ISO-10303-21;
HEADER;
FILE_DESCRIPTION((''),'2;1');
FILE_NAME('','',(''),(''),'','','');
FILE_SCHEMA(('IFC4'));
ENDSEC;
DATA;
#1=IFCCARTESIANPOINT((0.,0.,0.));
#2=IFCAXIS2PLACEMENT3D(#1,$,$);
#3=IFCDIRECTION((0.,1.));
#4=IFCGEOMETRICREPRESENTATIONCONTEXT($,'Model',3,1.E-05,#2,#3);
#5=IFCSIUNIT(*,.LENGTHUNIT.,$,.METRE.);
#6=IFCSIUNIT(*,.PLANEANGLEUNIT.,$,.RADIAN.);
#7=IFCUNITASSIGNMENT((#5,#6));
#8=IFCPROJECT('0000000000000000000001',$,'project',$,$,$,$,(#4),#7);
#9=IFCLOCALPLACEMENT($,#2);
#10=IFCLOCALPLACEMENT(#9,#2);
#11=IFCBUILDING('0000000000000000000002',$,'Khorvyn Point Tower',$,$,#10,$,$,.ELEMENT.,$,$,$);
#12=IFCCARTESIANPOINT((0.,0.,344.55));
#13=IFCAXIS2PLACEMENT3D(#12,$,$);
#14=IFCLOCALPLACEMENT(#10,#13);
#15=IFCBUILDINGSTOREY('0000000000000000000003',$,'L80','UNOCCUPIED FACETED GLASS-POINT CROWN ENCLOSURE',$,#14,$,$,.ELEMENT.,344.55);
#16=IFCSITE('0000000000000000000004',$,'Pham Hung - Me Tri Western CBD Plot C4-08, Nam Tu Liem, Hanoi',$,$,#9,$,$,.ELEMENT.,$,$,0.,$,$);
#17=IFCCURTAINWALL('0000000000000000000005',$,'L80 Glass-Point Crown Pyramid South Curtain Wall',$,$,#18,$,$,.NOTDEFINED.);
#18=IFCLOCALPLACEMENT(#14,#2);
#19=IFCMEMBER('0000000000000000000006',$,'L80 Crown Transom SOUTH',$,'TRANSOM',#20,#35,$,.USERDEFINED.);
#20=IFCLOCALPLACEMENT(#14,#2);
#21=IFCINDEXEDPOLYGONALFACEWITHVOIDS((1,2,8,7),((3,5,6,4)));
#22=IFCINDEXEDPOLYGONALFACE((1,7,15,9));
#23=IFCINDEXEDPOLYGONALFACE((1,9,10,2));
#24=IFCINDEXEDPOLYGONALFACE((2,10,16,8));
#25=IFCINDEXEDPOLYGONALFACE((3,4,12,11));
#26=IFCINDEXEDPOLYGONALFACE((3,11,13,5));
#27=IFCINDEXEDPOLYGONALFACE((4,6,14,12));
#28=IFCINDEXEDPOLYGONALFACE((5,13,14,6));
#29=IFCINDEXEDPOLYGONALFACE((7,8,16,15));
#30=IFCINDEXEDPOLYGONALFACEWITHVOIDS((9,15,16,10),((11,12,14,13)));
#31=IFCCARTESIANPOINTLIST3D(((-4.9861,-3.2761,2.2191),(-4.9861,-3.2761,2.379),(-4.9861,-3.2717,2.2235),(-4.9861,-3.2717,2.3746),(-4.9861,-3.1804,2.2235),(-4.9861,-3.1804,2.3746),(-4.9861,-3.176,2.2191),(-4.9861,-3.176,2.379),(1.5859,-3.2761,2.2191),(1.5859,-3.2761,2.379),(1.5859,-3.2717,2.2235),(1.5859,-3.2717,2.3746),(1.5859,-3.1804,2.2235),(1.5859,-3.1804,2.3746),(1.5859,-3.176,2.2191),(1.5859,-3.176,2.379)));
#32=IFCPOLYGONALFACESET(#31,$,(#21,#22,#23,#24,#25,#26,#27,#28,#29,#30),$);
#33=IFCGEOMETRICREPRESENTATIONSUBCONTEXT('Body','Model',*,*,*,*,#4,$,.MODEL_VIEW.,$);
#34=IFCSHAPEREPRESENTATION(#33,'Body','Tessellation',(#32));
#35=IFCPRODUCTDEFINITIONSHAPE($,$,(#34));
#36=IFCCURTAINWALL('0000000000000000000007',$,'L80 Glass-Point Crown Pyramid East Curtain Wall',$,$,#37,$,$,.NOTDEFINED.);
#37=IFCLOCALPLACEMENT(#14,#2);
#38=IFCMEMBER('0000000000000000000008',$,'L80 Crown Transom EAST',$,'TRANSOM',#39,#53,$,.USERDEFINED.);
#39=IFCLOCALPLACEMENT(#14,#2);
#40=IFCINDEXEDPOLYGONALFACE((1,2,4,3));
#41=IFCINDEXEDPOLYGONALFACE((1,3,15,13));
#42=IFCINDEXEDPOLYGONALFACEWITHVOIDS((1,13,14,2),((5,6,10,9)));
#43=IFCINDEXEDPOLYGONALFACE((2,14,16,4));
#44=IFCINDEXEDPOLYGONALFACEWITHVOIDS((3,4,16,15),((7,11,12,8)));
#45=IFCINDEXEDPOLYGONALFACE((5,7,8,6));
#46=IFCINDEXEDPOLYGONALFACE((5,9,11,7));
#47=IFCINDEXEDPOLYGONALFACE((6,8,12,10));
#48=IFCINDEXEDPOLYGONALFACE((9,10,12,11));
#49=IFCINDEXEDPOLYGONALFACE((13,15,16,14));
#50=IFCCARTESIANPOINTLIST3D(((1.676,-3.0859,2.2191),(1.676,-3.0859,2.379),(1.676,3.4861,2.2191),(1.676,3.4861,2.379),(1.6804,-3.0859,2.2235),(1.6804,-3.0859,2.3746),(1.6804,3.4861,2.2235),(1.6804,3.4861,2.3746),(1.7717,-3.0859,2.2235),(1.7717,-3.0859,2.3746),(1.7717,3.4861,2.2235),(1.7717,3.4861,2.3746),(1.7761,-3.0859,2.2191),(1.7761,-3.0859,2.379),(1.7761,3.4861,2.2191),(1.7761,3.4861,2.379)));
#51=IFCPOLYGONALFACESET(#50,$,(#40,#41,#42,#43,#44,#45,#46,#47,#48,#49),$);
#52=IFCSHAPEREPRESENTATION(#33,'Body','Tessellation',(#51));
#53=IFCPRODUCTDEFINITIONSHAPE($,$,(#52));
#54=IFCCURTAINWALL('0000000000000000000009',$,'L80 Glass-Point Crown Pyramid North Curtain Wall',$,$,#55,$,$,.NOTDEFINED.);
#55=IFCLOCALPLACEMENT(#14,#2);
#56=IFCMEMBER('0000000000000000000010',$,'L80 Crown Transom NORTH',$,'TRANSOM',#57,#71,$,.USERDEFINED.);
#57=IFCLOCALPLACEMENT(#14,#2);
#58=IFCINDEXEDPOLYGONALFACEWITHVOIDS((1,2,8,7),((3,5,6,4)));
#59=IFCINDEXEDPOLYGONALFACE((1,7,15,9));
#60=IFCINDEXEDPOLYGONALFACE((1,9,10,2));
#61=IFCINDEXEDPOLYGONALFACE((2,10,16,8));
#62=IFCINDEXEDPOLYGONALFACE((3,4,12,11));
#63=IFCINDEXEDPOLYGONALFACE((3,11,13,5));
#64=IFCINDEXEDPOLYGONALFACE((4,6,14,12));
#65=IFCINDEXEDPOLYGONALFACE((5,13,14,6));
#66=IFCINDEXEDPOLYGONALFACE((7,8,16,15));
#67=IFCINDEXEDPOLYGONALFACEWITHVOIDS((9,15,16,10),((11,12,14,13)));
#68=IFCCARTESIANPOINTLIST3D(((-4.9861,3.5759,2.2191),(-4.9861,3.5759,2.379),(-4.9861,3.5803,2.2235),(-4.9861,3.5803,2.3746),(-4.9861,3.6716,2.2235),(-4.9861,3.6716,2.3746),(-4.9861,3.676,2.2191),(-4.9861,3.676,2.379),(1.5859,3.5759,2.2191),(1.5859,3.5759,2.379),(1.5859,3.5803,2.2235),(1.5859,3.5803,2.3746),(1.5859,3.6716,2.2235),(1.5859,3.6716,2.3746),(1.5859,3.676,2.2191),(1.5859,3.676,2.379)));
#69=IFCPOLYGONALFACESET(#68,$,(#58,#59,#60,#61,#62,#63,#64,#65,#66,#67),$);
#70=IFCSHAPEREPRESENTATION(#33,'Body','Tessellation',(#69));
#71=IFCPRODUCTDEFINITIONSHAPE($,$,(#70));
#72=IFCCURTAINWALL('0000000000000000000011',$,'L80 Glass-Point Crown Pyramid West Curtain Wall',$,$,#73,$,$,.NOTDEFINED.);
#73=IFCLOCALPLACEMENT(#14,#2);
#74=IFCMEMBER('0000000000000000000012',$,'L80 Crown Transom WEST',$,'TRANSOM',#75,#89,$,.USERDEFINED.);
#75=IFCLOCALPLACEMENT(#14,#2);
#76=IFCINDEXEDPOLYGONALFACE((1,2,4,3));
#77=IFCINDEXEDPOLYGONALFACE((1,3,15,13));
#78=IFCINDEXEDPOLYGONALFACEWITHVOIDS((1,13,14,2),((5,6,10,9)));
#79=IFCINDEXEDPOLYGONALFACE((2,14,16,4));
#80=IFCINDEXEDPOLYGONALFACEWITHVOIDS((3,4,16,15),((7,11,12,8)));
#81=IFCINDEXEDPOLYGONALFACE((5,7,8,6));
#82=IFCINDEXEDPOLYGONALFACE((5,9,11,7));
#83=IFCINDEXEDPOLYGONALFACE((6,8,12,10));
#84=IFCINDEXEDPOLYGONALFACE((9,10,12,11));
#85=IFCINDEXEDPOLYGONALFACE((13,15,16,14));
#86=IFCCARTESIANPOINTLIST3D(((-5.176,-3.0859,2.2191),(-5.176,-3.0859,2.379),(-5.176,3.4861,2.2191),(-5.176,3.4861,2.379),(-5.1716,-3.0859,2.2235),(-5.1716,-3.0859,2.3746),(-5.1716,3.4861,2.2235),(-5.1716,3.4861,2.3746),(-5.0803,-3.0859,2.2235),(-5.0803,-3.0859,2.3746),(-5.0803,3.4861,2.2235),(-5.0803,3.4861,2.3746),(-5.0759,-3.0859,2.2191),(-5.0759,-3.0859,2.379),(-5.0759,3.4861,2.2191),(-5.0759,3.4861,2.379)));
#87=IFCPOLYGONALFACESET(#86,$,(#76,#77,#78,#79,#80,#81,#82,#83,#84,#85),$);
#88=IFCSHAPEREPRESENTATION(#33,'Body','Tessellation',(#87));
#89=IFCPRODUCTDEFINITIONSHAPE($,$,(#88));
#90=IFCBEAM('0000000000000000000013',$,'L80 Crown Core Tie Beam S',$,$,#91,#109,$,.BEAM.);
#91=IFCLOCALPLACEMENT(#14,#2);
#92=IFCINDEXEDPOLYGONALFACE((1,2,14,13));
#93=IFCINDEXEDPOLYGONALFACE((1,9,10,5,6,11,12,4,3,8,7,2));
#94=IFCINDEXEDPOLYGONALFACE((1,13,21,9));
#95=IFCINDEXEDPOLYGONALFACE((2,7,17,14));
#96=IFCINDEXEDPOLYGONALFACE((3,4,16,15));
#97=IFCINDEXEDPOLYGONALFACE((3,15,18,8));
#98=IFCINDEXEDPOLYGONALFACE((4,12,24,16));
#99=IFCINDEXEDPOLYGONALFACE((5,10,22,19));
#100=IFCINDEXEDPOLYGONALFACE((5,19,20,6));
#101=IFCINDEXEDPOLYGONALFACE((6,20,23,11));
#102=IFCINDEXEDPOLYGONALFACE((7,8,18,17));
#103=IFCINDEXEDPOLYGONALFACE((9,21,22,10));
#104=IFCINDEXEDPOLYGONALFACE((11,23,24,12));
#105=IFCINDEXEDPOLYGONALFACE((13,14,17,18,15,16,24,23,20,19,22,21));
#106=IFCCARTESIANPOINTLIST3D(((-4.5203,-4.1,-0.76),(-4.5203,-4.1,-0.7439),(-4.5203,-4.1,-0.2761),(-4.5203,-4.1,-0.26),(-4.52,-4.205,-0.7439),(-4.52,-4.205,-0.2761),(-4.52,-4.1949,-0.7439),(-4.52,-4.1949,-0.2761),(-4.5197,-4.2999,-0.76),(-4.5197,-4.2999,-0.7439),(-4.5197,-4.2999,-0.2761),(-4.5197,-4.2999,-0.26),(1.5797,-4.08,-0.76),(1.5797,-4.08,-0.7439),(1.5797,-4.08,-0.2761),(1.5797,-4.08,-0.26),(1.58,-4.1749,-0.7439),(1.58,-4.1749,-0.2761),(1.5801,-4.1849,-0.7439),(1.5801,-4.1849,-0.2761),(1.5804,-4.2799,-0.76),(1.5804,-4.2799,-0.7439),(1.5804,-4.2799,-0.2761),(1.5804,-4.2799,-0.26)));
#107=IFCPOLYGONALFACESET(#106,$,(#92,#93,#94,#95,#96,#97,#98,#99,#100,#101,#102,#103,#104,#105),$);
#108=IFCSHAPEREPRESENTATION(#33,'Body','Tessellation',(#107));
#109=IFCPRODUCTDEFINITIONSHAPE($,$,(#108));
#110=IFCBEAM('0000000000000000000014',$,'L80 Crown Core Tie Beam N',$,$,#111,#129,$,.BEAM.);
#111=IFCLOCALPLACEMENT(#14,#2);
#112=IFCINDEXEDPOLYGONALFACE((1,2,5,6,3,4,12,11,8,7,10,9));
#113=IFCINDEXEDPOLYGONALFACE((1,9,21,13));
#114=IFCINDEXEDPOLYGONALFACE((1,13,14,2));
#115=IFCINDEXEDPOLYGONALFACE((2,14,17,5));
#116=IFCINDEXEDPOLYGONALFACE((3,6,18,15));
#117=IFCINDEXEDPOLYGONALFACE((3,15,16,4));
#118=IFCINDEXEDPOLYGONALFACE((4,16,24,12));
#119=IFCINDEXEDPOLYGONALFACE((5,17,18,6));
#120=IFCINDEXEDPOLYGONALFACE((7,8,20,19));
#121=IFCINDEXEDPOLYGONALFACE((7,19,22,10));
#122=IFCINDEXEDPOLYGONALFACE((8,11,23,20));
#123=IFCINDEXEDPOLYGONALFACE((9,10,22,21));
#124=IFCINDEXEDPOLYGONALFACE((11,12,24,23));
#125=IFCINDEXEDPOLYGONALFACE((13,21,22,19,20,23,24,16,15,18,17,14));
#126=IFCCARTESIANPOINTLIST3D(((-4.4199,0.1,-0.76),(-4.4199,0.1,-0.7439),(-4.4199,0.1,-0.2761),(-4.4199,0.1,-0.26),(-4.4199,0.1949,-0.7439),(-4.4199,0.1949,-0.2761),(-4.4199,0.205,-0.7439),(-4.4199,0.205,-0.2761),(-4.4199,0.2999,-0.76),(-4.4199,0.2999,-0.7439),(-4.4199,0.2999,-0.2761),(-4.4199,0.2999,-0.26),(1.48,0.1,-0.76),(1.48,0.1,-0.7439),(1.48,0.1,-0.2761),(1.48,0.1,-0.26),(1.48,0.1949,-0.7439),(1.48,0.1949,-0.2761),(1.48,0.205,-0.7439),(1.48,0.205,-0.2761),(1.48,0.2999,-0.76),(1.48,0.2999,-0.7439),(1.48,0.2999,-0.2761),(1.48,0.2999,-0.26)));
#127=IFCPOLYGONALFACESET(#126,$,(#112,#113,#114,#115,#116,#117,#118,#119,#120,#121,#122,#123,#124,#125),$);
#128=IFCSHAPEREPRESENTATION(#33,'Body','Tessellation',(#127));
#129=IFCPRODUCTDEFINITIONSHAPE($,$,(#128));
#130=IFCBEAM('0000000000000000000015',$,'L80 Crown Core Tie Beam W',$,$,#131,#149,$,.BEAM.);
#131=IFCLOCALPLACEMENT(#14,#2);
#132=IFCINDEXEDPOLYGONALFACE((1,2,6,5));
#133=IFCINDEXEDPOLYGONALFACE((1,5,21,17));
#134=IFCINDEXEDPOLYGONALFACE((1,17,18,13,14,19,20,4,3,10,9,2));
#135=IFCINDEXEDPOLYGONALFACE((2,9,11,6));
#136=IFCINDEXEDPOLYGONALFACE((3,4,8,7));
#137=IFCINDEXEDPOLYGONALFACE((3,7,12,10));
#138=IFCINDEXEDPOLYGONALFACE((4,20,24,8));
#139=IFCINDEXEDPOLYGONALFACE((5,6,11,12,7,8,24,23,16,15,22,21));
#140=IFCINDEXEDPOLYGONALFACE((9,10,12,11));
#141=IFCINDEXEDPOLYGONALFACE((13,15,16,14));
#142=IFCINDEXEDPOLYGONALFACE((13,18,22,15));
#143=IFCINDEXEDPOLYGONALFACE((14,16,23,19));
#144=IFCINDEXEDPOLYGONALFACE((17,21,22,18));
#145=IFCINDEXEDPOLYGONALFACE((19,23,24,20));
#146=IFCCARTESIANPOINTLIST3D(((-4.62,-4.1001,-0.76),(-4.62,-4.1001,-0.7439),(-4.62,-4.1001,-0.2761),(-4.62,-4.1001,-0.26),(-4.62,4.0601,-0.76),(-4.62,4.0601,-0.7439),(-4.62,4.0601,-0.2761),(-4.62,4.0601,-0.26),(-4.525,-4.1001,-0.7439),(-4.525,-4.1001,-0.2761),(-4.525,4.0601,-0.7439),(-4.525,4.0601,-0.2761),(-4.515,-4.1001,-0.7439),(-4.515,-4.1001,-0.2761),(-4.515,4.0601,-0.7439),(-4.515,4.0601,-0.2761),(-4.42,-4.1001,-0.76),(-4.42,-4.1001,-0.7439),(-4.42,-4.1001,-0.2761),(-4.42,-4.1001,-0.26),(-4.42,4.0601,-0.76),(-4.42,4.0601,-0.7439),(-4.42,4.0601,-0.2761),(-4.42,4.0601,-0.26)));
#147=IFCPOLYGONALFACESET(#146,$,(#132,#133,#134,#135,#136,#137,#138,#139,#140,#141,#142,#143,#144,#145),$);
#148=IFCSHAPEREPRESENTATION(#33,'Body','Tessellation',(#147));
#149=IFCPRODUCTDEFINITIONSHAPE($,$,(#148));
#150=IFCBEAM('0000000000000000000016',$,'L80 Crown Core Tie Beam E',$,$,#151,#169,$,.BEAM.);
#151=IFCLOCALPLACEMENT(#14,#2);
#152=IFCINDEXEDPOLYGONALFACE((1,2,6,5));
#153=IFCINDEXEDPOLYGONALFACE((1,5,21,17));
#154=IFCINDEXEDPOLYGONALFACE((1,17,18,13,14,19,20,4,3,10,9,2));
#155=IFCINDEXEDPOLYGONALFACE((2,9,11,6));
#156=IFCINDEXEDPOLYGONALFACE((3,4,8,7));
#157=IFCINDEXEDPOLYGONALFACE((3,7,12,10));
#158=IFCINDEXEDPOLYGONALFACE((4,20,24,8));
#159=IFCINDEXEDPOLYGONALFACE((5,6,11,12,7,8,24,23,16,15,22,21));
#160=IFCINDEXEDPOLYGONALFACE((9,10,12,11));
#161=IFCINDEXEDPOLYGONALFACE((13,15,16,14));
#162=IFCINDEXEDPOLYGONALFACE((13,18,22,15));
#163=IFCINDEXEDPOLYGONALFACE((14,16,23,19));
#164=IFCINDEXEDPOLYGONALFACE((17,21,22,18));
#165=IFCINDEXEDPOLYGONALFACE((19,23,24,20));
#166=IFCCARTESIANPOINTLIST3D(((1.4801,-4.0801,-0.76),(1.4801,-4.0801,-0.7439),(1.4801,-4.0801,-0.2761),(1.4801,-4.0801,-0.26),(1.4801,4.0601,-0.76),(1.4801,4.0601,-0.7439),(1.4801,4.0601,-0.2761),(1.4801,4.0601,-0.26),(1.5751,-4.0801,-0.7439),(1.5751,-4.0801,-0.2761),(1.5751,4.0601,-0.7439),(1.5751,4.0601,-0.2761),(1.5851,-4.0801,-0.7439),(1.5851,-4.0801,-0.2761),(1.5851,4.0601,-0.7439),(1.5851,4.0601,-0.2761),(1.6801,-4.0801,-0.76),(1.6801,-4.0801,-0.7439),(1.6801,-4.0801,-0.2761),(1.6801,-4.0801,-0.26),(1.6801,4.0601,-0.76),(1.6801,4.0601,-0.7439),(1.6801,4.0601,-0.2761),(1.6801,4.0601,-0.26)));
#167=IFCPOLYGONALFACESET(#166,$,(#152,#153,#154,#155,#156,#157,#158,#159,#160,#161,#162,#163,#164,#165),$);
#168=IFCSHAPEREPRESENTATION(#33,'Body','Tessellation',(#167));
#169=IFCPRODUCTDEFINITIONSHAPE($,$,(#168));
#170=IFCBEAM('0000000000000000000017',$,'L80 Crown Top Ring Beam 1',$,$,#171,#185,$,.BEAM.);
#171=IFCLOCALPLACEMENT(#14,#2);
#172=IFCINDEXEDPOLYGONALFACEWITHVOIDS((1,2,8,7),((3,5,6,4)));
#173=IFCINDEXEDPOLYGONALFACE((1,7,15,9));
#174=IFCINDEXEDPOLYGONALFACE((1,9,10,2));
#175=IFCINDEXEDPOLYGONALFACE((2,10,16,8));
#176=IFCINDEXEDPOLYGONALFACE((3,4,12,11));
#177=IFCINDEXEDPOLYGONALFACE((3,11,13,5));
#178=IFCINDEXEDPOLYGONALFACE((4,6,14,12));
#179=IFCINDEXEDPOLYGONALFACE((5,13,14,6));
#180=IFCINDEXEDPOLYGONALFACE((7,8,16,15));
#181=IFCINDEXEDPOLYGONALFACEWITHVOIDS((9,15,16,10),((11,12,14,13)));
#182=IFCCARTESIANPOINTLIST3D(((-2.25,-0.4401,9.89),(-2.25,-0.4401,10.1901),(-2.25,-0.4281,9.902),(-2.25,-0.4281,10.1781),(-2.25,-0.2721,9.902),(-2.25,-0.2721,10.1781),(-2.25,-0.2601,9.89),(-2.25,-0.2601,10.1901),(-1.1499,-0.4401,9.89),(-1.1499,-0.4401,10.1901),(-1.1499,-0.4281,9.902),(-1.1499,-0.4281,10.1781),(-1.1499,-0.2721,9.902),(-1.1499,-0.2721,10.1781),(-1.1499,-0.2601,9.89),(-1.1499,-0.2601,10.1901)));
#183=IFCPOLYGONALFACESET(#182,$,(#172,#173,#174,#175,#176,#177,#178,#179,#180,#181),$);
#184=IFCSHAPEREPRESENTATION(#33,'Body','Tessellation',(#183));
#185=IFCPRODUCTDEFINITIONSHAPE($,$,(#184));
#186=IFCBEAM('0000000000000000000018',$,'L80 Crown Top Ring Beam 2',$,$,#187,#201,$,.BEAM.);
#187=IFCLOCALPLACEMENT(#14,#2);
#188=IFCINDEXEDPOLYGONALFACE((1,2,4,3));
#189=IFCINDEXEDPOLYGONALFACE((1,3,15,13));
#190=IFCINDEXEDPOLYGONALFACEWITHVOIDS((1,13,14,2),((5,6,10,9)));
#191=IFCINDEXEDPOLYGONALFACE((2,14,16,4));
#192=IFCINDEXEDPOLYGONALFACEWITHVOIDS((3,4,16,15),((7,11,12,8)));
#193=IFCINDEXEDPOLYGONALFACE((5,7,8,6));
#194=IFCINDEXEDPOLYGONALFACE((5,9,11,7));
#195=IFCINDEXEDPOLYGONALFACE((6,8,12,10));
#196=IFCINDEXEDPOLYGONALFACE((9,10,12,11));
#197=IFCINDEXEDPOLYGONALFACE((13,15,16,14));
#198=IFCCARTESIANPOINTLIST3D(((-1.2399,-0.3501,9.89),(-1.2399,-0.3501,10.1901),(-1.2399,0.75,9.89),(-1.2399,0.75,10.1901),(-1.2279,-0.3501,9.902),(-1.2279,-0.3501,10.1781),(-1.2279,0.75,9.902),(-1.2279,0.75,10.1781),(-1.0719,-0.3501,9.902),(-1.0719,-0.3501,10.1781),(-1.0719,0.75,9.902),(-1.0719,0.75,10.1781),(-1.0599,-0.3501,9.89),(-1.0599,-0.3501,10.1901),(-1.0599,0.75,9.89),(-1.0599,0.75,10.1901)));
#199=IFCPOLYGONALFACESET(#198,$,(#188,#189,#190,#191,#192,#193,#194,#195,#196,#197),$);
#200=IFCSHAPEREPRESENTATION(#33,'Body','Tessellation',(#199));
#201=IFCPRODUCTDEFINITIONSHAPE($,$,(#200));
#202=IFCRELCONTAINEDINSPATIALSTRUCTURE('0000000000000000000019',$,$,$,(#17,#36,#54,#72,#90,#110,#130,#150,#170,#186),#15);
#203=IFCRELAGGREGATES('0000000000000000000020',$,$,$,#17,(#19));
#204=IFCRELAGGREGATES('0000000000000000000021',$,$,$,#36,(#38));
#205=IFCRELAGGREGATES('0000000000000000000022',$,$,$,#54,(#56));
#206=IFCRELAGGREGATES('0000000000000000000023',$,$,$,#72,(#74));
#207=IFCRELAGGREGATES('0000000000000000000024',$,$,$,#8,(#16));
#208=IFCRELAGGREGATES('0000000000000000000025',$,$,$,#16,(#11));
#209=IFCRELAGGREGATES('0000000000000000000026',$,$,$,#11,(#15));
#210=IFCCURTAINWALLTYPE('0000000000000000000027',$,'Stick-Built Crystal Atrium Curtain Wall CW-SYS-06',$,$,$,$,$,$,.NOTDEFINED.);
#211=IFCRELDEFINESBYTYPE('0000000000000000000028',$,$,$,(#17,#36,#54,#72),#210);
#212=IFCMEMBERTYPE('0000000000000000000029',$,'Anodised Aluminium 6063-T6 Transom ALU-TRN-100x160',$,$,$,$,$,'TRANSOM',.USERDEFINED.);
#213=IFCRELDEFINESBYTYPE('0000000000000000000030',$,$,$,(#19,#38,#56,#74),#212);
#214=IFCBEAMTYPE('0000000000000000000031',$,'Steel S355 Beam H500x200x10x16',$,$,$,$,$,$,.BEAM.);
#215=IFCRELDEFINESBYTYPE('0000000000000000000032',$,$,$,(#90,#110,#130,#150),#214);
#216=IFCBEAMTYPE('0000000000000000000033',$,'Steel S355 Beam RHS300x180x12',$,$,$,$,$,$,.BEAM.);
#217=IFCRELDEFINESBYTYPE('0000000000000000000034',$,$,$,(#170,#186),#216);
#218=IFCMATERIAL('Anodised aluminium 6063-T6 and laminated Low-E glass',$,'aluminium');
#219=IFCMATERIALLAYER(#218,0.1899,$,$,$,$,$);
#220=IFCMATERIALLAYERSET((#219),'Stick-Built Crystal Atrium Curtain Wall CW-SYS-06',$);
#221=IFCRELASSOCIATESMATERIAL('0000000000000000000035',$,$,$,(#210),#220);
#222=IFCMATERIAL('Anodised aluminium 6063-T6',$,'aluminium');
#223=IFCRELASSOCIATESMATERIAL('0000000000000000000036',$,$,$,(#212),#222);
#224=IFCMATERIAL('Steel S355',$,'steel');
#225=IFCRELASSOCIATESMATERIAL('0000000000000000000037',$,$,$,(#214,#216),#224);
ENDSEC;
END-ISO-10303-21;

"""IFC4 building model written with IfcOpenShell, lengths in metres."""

from ifc_helpers import new_model, si_unit, direction, frame, origin, origin_2d, place, context, subcontext, project, spatial, hollow_rectangle, i_section, extrude, material, layer, layer_set, material_profile, profile_set, type_object, element, aggregate, save


model = new_model("IFC4")

# Units and contexts
model_context = context("Model", 3, precision=1e-05, world=origin(), true_north=direction((0.0, 1.0)))
body_context = subcontext(model_context, "Body", "Model", "MODEL_VIEW")
ifc_project = project(units=[si_unit("LENGTHUNIT", "METRE"), si_unit("PLANEANGLEUNIT", "RADIAN")], contexts=[model_context])

# Site, building, storey
site_placement = place(None, origin())
site = spatial("IfcSite", under=ifc_project, at=site_placement, Name="Pham Hung - Me Tri Western CBD Plot C4-08, Nam Tu Liem, Hanoi", CompositionType="ELEMENT", RefElevation=0.0)
building_placement = place(site_placement, origin())
building = spatial("IfcBuilding", under=site, at=building_placement, Name="Khorvyn Point Tower", CompositionType="ELEMENT")
storey_placement = place(building_placement, frame((0.0, 0.0, 344.55)))
storey = spatial("IfcBuildingStorey", under=building, at=storey_placement, Name="L80", Description="UNOCCUPIED FACETED GLASS-POINT CROWN ENCLOSURE", CompositionType="ELEMENT", Elevation=344.55)

# Curtain walls, members
ifc_material_1 = material(Name="Anodised aluminium 6063-T6 and laminated Low-E glass", Category="aluminium")
ifc_layer_1 = layer(ifc_material_1, 0.1899)
ifc_layer_set_1 = layer_set([ifc_layer_1], Name="Stick-Built Crystal Atrium Curtain Wall CW-SYS-06")
curtain_wall_type = type_object("IfcCurtainWallType", Name="Stick-Built Crystal Atrium Curtain Wall CW-SYS-06", PredefinedType="NOTDEFINED", material=ifc_layer_set_1)
curtain_wall_1_placement = place(storey_placement, origin())
curtain_wall_1 = element("IfcCurtainWall", 1, at=curtain_wall_1_placement, inside=storey, type_object=curtain_wall_type, Name="L80 Glass-Point Crown Pyramid South Curtain Wall", PredefinedType="NOTDEFINED")
ifc_material_2 = material(Name="Anodised aluminium 6063-T6", Category="aluminium")
ifc_material_profile_1 = material_profile(ifc_material_2, hollow_rectangle(XDim=0.1001, YDim=0.1599, WallThickness=0.0044, at=origin_2d()))
ifc_profile_set_1 = profile_set([ifc_material_profile_1], Name="Anodised aluminium 6063-T6 ALU-TRN-100x160")
member_type_1 = type_object("IfcMemberType", Name="Anodised Aluminium 6063-T6 Transom ALU-TRN-100x160", ElementType="TRANSOM", PredefinedType="USERDEFINED", material=ifc_profile_set_1)
member_1_placement = place(storey_placement, frame((-4.9861, -3.2261, 2.2991), z_axis=(1.0, 0.0, 0.0), x_axis=(0.0, 1.0, 0.0)))
member_1 = element("IfcMember", 2, at=member_1_placement, type_object=member_type_1, Name="L80 Crown Transom SOUTH", ObjectType="TRANSOM", PredefinedType="USERDEFINED", context=body_context, shape_type="SweptSolid", body=[
    extrude(hollow_rectangle(XDim=0.1001, YDim=0.1599, WallThickness=0.0044, at=origin_2d()), origin(), (0.0, 0.0, 1.0), 6.572),
])
curtain_wall_2_placement = place(storey_placement, origin())
curtain_wall_2 = element("IfcCurtainWall", 3, at=curtain_wall_2_placement, inside=storey, type_object=curtain_wall_type, Name="L80 Glass-Point Crown Pyramid East Curtain Wall", PredefinedType="NOTDEFINED")
member_2_placement = place(storey_placement, frame((1.7261, -3.0859, 2.2991), z_axis=(0.0, 1.0, 0.0), x_axis=(-1.0, 0.0, 0.0)))
member_2 = element("IfcMember", 4, at=member_2_placement, type_object=member_type_1, Name="L80 Crown Transom EAST", ObjectType="TRANSOM", PredefinedType="USERDEFINED", context=body_context, shape_type="SweptSolid", body=[
    extrude(hollow_rectangle(XDim=0.1001, YDim=0.1599, WallThickness=0.0044, at=origin_2d()), origin(), (0.0, 0.0, 1.0), 6.572),
])
curtain_wall_3_placement = place(storey_placement, origin())
curtain_wall_3 = element("IfcCurtainWall", 5, at=curtain_wall_3_placement, inside=storey, type_object=curtain_wall_type, Name="L80 Glass-Point Crown Pyramid North Curtain Wall", PredefinedType="NOTDEFINED")
member_3_placement = place(storey_placement, frame((1.5859, 3.626, 2.2991), z_axis=(-1.0, 0.0, 0.0), x_axis=(0.0, -1.0, 0.0)))
member_3 = element("IfcMember", 6, at=member_3_placement, type_object=member_type_1, Name="L80 Crown Transom NORTH", ObjectType="TRANSOM", PredefinedType="USERDEFINED", context=body_context, shape_type="SweptSolid", body=[
    extrude(hollow_rectangle(XDim=0.1001, YDim=0.1599, WallThickness=0.0044, at=origin_2d()), origin(), (0.0, 0.0, 1.0), 6.572),
])
curtain_wall_4_placement = place(storey_placement, origin())
curtain_wall_4 = element("IfcCurtainWall", 7, at=curtain_wall_4_placement, inside=storey, type_object=curtain_wall_type, Name="L80 Glass-Point Crown Pyramid West Curtain Wall", PredefinedType="NOTDEFINED")
member_4_placement = place(storey_placement, frame((-5.126, 3.4861, 2.2991), z_axis=(0.0, -1.0, 0.0), x_axis=(1.0, 0.0, 0.0)))
member_4 = element("IfcMember", 8, at=member_4_placement, type_object=member_type_1, Name="L80 Crown Transom WEST", ObjectType="TRANSOM", PredefinedType="USERDEFINED", context=body_context, shape_type="SweptSolid", body=[
    extrude(hollow_rectangle(XDim=0.1001, YDim=0.1599, WallThickness=0.0044, at=origin_2d()), origin(), (0.0, 0.0, 1.0), 6.572),
])

# Beams
ifc_material_3 = material(Name="Steel S355", Category="steel")
ifc_material_profile_2 = material_profile(ifc_material_3, i_section(OverallWidth=0.2, OverallDepth=0.5, WebThickness=0.01, FlangeThickness=0.0161, at=origin_2d()))
ifc_profile_set_2 = profile_set([ifc_material_profile_2], Name="Steel S355 H500x200x10x16")
beam_type_1 = type_object("IfcBeamType", Name="Steel S355 Beam H500x200x10x16", PredefinedType="BEAM", material=ifc_profile_set_2)
beam_1_placement = place(storey_placement, frame((-4.52, -4.2, -0.51), z_axis=(0.999995, 0.003282, 0.0), x_axis=(-0.003282, 0.999995, 0.0)))
element("IfcBeam", 9, at=beam_1_placement, inside=storey, type_object=beam_type_1, Name="L80 Crown Core Tie Beam S", PredefinedType="BEAM", context=body_context, shape_type="SweptSolid", body=[
    extrude(i_section(OverallWidth=0.2, OverallDepth=0.5, WebThickness=0.01, FlangeThickness=0.0161, at=origin_2d()), origin(), (0.0, 0.0, 1.0), 6.1001),
])
beam_2_placement = place(storey_placement, frame((-4.4199, 0.2, -0.51), z_axis=(1.0, 0.0, 0.0), x_axis=(0.0, 1.0, 0.0)))
element("IfcBeam", 10, at=beam_2_placement, inside=storey, type_object=beam_type_1, Name="L80 Crown Core Tie Beam N", PredefinedType="BEAM", context=body_context, shape_type="SweptSolid", body=[
    extrude(i_section(OverallWidth=0.2, OverallDepth=0.5, WebThickness=0.01, FlangeThickness=0.0161, at=origin_2d()), origin(), (0.0, 0.0, 1.0), 5.8999),
])
beam_3_placement = place(storey_placement, frame((-4.52, -4.1001, -0.51), z_axis=(0.0, 1.0, 0.0), x_axis=(-1.0, 0.0, 0.0)))
element("IfcBeam", 11, at=beam_3_placement, inside=storey, type_object=beam_type_1, Name="L80 Crown Core Tie Beam W", PredefinedType="BEAM", context=body_context, shape_type="SweptSolid", body=[
    extrude(i_section(OverallWidth=0.2, OverallDepth=0.5, WebThickness=0.01, FlangeThickness=0.0161, at=origin_2d()), origin(), (0.0, 0.0, 1.0), 8.1602),
])
beam_4_placement = place(storey_placement, frame((1.5801, -4.0801, -0.51), z_axis=(0.0, 1.0, 0.0), x_axis=(-1.0, 0.0, 0.0)))
element("IfcBeam", 12, at=beam_4_placement, inside=storey, type_object=beam_type_1, Name="L80 Crown Core Tie Beam E", PredefinedType="BEAM", context=body_context, shape_type="SweptSolid", body=[
    extrude(i_section(OverallWidth=0.2, OverallDepth=0.5, WebThickness=0.01, FlangeThickness=0.0161, at=origin_2d()), origin(), (0.0, 0.0, 1.0), 8.1401),
])
ifc_material_profile_3 = material_profile(ifc_material_3, hollow_rectangle(XDim=0.1799, YDim=0.3, WallThickness=0.012, at=origin_2d()))
ifc_profile_set_3 = profile_set([ifc_material_profile_3], Name="Steel S355 RHS300x180x12")
beam_type_2 = type_object("IfcBeamType", Name="Steel S355 Beam RHS300x180x12", PredefinedType="BEAM", material=ifc_profile_set_3)
for number, where, z_axis, x_axis, name in (
    (13, (-2.25, -0.3501, 10.04), (1.0, 0.0, 0.0), (0.0, 1.0, 0.0), "L80 Crown Top Ring Beam 1"),
    (14, (-1.1499, -0.3501, 10.04), (0.0, 1.0, 0.0), (-1.0, 0.0, 0.0), "L80 Crown Top Ring Beam 2"),
):
    element("IfcBeam", number, at=place(storey_placement, frame(where, z_axis=z_axis, x_axis=x_axis)), inside=storey, type_object=beam_type_2, Name=name, PredefinedType="BEAM", context=body_context, shape_type="SweptSolid", body=[
        extrude(hollow_rectangle(XDim=0.1799, YDim=0.3, WallThickness=0.012, at=origin_2d()), origin(), (0.0, 0.0, 1.0), 1.1001),
    ])

aggregate(curtain_wall_1, [member_1])
aggregate(curtain_wall_2, [member_2])
aggregate(curtain_wall_3, [member_3])
aggregate(curtain_wall_4, [member_4])

save(model, "model.ifc")
